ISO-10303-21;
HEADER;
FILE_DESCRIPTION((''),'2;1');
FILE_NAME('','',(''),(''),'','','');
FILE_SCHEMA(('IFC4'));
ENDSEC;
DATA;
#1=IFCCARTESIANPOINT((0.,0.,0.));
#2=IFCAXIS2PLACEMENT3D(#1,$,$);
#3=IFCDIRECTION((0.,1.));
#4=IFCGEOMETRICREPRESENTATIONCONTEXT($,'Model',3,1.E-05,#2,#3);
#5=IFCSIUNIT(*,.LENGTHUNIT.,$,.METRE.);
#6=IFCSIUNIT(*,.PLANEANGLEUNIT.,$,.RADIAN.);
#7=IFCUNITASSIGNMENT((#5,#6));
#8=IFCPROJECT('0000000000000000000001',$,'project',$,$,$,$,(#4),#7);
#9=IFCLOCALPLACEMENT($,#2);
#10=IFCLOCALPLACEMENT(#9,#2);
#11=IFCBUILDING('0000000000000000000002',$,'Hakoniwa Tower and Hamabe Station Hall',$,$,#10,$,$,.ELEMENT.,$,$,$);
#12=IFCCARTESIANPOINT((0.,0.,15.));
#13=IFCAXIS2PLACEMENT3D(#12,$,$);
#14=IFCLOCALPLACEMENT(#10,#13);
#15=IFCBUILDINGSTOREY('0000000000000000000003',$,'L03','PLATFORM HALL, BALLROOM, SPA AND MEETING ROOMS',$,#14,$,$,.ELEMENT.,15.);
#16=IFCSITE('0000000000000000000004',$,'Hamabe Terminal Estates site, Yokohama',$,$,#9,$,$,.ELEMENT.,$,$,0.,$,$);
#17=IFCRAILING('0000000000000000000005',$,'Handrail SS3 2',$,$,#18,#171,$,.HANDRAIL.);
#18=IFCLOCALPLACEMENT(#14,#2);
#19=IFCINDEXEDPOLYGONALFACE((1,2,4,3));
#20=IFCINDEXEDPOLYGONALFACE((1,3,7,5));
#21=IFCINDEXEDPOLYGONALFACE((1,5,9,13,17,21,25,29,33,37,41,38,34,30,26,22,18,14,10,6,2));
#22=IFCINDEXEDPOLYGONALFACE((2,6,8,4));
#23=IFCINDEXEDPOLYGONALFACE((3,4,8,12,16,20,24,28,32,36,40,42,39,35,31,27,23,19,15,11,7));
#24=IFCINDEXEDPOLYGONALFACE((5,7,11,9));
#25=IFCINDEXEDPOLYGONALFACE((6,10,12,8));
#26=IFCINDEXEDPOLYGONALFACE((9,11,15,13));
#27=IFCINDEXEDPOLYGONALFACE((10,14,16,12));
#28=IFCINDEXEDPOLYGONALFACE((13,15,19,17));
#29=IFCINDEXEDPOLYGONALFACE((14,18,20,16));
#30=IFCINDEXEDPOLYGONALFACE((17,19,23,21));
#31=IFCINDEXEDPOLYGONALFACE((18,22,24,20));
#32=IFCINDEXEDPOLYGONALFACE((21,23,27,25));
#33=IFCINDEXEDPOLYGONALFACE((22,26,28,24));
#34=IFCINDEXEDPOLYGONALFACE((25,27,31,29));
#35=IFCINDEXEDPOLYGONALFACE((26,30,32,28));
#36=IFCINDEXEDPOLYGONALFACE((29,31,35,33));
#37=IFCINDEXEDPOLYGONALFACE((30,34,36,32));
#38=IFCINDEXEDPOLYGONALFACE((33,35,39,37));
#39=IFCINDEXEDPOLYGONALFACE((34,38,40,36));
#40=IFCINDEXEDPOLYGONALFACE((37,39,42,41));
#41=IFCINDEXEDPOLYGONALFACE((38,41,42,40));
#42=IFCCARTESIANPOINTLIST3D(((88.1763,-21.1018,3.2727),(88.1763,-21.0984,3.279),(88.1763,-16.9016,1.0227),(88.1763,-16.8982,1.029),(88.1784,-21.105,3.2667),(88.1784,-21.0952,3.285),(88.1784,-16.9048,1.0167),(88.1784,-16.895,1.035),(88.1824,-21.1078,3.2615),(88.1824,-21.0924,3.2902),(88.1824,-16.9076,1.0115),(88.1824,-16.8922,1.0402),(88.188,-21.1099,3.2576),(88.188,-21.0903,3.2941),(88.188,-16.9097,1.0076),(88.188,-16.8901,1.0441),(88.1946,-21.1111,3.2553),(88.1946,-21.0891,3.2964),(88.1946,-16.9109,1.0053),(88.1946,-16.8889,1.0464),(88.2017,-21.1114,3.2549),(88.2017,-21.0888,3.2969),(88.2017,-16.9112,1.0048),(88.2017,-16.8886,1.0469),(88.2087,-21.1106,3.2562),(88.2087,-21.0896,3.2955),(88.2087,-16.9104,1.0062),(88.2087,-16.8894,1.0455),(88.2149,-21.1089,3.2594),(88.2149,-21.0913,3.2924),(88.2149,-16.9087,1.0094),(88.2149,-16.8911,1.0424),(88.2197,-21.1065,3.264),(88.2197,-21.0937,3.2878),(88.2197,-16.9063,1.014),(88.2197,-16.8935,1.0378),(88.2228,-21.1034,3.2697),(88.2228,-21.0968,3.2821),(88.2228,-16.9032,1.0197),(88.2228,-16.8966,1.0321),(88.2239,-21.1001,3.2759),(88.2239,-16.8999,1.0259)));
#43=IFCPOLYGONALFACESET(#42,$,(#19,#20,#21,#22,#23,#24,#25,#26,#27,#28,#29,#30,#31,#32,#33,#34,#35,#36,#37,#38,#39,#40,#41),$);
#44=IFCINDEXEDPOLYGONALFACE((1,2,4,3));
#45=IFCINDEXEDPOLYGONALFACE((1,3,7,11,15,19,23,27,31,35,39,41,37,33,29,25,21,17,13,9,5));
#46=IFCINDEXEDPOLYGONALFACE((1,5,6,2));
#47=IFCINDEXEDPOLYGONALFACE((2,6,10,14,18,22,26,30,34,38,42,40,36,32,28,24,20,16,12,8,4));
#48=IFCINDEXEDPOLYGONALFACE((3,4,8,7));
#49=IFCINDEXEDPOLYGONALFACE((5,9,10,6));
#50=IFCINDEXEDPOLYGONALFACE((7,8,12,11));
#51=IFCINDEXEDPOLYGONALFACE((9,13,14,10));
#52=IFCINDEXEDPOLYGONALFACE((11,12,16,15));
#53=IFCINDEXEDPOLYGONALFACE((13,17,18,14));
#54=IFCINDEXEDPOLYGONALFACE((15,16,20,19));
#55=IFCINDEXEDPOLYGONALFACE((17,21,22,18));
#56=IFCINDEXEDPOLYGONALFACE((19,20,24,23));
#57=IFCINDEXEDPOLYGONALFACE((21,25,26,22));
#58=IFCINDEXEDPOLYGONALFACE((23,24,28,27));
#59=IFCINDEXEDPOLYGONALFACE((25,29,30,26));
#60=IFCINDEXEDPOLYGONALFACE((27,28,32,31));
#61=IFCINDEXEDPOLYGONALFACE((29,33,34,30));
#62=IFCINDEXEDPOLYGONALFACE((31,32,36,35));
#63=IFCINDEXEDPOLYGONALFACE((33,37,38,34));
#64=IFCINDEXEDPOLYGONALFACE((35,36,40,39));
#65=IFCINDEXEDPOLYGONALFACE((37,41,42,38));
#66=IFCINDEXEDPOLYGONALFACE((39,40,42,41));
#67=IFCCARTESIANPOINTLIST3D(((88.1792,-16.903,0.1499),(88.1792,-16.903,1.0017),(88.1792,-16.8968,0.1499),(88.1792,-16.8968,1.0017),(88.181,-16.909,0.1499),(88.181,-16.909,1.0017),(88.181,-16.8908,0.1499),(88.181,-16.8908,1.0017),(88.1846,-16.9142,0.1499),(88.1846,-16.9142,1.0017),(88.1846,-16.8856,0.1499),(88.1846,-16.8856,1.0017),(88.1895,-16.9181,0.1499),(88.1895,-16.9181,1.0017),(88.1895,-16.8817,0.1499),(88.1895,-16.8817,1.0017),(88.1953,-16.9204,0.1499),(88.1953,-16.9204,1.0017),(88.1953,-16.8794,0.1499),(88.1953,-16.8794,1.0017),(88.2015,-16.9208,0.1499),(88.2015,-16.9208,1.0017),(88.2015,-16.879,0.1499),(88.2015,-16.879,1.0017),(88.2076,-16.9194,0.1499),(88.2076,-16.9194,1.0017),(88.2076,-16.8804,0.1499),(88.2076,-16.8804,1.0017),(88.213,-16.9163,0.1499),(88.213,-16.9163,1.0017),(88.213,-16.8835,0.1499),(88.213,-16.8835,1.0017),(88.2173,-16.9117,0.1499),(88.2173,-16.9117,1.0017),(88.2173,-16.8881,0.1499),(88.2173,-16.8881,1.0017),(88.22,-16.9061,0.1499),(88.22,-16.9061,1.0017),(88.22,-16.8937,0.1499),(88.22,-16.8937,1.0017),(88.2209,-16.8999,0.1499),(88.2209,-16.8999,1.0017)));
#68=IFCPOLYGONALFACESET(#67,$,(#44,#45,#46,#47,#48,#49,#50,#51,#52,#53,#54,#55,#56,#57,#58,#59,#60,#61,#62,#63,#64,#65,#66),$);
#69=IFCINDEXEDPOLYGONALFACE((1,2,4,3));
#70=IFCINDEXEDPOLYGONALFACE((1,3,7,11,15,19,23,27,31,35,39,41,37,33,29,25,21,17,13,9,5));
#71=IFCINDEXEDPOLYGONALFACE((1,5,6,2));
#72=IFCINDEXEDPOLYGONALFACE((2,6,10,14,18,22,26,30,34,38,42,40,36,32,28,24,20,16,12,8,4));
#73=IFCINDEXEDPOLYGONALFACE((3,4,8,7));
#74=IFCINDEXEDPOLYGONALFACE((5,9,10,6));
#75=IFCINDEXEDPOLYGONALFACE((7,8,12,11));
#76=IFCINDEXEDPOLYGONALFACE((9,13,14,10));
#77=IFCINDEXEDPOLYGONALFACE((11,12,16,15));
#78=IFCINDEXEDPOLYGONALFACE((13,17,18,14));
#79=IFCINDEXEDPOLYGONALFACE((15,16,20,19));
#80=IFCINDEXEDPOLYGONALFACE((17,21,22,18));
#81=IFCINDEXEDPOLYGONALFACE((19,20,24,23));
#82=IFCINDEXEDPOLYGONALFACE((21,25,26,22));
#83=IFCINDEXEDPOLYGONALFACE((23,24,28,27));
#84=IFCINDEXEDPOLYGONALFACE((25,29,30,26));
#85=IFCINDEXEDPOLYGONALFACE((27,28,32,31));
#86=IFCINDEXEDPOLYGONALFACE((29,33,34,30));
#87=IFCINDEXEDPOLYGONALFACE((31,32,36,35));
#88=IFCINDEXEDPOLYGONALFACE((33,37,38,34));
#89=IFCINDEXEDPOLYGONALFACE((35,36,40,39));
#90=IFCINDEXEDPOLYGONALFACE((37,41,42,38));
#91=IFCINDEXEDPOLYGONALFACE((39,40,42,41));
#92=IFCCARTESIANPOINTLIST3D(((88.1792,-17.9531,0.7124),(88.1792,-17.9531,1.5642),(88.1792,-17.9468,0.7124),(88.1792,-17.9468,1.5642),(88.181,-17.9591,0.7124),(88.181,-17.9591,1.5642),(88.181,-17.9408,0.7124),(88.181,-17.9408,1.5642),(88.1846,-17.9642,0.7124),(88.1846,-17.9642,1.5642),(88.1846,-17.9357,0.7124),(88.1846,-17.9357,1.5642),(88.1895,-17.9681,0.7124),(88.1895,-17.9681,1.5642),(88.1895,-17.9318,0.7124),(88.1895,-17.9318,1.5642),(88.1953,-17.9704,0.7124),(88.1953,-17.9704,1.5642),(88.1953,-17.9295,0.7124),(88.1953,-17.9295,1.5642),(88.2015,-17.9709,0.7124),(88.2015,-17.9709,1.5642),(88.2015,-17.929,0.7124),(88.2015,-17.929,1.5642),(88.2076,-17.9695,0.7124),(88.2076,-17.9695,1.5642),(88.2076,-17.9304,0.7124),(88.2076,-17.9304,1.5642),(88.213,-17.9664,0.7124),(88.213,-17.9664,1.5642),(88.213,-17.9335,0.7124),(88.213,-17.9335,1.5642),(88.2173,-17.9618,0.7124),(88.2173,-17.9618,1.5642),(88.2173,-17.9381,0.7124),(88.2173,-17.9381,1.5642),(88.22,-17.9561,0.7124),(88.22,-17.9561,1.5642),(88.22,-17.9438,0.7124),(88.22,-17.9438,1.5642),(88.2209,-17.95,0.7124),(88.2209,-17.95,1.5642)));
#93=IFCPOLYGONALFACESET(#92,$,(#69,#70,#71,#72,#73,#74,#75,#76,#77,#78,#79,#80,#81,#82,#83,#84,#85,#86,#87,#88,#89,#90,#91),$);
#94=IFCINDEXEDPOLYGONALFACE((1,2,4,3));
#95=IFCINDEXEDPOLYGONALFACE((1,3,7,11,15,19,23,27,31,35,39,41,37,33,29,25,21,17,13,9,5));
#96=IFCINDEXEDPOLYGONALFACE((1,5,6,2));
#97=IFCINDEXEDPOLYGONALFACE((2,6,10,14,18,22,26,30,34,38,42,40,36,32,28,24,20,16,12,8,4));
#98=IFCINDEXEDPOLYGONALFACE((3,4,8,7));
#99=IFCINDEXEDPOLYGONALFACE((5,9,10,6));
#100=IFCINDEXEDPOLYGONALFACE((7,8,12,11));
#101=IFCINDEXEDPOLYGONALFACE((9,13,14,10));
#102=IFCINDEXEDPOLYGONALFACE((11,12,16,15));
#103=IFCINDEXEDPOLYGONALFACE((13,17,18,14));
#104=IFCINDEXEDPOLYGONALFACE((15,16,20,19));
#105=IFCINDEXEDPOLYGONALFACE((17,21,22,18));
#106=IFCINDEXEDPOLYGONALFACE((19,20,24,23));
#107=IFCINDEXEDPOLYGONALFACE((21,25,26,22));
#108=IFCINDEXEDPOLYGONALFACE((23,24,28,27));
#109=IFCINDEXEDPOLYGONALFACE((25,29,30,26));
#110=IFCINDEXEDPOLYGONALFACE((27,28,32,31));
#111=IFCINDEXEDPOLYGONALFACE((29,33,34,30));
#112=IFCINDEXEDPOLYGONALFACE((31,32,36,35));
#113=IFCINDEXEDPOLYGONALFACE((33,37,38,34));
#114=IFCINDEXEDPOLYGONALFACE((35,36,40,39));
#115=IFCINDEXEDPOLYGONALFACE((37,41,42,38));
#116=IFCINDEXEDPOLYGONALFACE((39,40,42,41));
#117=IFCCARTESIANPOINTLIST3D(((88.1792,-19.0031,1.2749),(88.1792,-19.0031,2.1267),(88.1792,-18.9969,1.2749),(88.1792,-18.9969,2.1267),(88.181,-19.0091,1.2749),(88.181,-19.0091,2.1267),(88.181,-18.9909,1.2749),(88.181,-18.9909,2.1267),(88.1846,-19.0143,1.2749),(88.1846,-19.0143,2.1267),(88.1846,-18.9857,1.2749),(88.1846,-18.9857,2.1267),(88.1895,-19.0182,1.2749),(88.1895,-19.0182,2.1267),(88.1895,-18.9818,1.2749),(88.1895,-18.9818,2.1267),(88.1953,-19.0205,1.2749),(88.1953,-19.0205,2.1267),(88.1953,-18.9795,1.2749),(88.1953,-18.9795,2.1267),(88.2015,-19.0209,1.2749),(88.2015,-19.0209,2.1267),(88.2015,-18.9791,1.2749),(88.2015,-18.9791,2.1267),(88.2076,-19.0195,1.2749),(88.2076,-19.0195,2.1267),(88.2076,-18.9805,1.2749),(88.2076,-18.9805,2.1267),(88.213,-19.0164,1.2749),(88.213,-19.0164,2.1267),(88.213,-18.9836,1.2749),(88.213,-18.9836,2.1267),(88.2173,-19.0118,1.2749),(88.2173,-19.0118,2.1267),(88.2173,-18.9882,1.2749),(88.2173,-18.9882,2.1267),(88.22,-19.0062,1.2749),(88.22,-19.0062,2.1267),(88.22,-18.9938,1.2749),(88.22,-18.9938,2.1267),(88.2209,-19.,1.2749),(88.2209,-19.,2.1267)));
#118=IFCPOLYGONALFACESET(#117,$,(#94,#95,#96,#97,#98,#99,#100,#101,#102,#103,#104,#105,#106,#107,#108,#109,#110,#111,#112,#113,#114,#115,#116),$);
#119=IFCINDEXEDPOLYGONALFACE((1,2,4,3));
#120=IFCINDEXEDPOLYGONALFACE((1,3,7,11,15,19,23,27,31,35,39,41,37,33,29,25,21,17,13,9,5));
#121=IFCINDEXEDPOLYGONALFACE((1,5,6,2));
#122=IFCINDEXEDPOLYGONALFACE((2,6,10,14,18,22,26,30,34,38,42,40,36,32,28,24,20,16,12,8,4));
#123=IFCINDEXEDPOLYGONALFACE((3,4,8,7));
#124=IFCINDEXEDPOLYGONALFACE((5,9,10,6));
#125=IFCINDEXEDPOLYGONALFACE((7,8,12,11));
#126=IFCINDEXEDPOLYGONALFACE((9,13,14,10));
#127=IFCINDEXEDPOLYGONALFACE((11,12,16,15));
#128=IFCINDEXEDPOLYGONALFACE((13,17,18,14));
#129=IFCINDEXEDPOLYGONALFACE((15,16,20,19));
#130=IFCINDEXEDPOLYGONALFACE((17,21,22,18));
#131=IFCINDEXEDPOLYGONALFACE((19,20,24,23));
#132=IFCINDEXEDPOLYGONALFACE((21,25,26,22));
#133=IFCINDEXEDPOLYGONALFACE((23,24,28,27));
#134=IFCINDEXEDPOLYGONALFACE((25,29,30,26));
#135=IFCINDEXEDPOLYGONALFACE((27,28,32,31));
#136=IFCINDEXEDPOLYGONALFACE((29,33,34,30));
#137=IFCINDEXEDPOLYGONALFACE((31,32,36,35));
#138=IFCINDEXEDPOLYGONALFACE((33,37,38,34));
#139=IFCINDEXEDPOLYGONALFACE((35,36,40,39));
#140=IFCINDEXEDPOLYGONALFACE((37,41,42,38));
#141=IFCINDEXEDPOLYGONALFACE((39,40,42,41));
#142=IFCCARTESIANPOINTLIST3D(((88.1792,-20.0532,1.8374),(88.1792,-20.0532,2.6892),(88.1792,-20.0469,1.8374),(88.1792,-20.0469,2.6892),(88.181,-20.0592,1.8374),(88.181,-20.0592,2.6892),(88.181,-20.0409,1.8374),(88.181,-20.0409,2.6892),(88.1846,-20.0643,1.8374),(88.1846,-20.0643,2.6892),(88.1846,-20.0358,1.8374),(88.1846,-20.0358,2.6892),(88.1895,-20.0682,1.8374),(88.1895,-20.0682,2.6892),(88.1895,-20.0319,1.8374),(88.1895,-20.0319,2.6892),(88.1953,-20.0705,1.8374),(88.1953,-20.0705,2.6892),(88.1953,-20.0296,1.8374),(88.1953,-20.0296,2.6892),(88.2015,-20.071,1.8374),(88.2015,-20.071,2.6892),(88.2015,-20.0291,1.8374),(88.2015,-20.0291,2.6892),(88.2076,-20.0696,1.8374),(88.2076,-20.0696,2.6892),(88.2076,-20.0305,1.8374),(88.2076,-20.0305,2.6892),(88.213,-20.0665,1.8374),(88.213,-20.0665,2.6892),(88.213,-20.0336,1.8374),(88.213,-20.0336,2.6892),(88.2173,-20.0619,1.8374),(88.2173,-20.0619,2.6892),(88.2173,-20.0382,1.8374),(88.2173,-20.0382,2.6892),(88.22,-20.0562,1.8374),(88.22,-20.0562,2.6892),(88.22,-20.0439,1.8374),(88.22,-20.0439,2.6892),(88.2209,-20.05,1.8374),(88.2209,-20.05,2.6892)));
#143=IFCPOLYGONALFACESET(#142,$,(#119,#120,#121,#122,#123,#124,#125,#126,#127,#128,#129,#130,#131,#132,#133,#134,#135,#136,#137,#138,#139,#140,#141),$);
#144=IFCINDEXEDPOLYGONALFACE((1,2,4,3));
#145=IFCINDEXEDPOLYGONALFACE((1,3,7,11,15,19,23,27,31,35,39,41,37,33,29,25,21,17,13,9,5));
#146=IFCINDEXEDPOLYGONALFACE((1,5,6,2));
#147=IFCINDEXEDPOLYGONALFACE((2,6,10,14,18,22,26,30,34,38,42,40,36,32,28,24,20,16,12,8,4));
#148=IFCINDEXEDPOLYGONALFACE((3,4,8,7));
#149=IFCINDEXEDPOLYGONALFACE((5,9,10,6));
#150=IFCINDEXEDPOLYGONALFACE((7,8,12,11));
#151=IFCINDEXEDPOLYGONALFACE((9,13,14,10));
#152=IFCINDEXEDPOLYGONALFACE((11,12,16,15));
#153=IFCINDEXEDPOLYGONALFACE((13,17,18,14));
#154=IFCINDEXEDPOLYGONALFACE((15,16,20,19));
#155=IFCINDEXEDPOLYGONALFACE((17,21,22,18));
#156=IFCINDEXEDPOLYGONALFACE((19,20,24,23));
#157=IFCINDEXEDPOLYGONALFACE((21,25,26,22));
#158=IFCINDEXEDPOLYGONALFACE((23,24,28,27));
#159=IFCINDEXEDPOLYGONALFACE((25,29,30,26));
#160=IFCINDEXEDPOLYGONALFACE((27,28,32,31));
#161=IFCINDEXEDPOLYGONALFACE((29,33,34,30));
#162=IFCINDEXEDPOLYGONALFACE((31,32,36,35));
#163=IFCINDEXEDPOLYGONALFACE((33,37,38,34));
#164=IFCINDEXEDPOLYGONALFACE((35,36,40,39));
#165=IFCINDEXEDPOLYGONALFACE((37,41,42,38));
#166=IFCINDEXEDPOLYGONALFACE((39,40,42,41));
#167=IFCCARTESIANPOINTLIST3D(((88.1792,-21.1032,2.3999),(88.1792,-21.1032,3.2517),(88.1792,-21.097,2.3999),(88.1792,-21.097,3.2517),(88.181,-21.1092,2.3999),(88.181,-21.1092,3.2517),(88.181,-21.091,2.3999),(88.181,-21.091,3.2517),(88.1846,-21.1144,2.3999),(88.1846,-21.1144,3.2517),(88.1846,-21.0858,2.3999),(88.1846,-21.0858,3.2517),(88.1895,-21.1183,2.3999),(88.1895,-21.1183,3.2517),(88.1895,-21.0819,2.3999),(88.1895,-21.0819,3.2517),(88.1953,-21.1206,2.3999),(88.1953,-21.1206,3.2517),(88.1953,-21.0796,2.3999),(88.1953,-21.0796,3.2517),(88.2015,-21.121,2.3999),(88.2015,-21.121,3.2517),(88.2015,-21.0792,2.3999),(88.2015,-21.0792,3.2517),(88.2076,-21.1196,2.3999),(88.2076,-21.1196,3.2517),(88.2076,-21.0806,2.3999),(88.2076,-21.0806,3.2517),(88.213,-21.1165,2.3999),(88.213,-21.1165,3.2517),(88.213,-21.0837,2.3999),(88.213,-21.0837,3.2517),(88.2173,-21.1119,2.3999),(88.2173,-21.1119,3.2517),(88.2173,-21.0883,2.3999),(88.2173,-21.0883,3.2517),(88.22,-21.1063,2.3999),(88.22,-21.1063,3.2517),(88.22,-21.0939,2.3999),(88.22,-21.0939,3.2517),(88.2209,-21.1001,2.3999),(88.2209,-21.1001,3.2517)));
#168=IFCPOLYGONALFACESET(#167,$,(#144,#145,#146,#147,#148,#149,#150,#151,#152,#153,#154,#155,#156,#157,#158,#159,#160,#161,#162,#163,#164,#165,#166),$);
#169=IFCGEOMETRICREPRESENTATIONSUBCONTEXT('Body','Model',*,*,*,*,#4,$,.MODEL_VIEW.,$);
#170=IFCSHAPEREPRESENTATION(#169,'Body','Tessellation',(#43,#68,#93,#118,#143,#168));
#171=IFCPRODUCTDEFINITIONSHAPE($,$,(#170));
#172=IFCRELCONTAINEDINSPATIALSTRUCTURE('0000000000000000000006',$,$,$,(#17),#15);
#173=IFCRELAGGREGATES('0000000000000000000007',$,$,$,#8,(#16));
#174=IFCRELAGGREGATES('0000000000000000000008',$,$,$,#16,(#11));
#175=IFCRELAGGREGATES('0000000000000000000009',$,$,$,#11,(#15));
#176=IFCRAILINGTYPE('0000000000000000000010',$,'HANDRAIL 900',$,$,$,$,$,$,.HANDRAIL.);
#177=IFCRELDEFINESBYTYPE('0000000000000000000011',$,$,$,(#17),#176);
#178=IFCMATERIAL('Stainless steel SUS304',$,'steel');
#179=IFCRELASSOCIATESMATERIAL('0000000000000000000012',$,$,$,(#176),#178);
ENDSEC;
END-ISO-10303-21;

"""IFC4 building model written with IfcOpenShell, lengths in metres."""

from ifc_helpers import new_model, si_unit, direction, frame, origin, origin_2d, place, context, subcontext, project, spatial, circle, extrude, material, type_object, element, save


model = new_model("IFC4")

# Units and contexts
model_context = context("Model", 3, precision=1e-05, world=origin(), true_north=direction((0.0, 1.0)))
body_context = subcontext(model_context, "Body", "Model", "MODEL_VIEW")
ifc_project = project(units=[si_unit("LENGTHUNIT", "METRE"), si_unit("PLANEANGLEUNIT", "RADIAN")], contexts=[model_context])

# Site, building, storey
site_placement = place(None, origin())
site = spatial("IfcSite", under=ifc_project, at=site_placement, Name="Hamabe Terminal Estates site, Yokohama", CompositionType="ELEMENT", RefElevation=0.0)
building_placement = place(site_placement, origin())
building = spatial("IfcBuilding", under=site, at=building_placement, Name="Hakoniwa Tower and Hamabe Station Hall", CompositionType="ELEMENT")
storey_placement = place(building_placement, frame((0.0, 0.0, 15.0)))
storey = spatial("IfcBuildingStorey", under=building, at=storey_placement, Name="L03", Description="PLATFORM HALL, BALLROOM, SPA AND MEETING ROOMS", CompositionType="ELEMENT", Elevation=15.0)

# Railing
ifc_material_1 = material(Name="Stainless steel SUS304", Category="steel")
railing_type_1 = type_object("IfcRailingType", Name="HANDRAIL 900", PredefinedType="HANDRAIL", material=ifc_material_1)
for number, where, name in (
    (1, (88.2, -16.8999, 0.1499), "Handrail SS3 2"),
):
    element("IfcRailing", number, at=place(storey_placement, frame(where)), inside=storey, type_object=railing_type_1, Name=name, PredefinedType="HANDRAIL", context=body_context, shape_type="SweptSolid", body=[
        extrude(circle(Radius=0.0239, at=origin_2d()), frame((0.0, 0.0, 0.876), z_axis=(0.0, -0.881489, 0.472204), x_axis=(1.0, 0.0, 0.0)), (0.0, 0.0, 1.0), 4.7649),
        extrude(circle(Radius=0.021, at=origin_2d()), origin(), (0.0, 0.0, 1.0), 0.8518),
        extrude(circle(Radius=0.021, at=origin_2d()), frame((0.0, -1.05, 0.5625)), (0.0, 0.0, 1.0), 0.8518),
        extrude(circle(Radius=0.021, at=origin_2d()), frame((0.0, -2.1001, 1.125)), (0.0, 0.0, 1.0), 0.8518),
        extrude(circle(Radius=0.021, at=origin_2d()), frame((0.0, -3.1501, 1.6875)), (0.0, 0.0, 1.0), 0.8518),
        extrude(circle(Radius=0.021, at=origin_2d()), frame((0.0, -4.2002, 2.25)), (0.0, 0.0, 1.0), 0.8518),
    ])

save(model, "model.ifc")
